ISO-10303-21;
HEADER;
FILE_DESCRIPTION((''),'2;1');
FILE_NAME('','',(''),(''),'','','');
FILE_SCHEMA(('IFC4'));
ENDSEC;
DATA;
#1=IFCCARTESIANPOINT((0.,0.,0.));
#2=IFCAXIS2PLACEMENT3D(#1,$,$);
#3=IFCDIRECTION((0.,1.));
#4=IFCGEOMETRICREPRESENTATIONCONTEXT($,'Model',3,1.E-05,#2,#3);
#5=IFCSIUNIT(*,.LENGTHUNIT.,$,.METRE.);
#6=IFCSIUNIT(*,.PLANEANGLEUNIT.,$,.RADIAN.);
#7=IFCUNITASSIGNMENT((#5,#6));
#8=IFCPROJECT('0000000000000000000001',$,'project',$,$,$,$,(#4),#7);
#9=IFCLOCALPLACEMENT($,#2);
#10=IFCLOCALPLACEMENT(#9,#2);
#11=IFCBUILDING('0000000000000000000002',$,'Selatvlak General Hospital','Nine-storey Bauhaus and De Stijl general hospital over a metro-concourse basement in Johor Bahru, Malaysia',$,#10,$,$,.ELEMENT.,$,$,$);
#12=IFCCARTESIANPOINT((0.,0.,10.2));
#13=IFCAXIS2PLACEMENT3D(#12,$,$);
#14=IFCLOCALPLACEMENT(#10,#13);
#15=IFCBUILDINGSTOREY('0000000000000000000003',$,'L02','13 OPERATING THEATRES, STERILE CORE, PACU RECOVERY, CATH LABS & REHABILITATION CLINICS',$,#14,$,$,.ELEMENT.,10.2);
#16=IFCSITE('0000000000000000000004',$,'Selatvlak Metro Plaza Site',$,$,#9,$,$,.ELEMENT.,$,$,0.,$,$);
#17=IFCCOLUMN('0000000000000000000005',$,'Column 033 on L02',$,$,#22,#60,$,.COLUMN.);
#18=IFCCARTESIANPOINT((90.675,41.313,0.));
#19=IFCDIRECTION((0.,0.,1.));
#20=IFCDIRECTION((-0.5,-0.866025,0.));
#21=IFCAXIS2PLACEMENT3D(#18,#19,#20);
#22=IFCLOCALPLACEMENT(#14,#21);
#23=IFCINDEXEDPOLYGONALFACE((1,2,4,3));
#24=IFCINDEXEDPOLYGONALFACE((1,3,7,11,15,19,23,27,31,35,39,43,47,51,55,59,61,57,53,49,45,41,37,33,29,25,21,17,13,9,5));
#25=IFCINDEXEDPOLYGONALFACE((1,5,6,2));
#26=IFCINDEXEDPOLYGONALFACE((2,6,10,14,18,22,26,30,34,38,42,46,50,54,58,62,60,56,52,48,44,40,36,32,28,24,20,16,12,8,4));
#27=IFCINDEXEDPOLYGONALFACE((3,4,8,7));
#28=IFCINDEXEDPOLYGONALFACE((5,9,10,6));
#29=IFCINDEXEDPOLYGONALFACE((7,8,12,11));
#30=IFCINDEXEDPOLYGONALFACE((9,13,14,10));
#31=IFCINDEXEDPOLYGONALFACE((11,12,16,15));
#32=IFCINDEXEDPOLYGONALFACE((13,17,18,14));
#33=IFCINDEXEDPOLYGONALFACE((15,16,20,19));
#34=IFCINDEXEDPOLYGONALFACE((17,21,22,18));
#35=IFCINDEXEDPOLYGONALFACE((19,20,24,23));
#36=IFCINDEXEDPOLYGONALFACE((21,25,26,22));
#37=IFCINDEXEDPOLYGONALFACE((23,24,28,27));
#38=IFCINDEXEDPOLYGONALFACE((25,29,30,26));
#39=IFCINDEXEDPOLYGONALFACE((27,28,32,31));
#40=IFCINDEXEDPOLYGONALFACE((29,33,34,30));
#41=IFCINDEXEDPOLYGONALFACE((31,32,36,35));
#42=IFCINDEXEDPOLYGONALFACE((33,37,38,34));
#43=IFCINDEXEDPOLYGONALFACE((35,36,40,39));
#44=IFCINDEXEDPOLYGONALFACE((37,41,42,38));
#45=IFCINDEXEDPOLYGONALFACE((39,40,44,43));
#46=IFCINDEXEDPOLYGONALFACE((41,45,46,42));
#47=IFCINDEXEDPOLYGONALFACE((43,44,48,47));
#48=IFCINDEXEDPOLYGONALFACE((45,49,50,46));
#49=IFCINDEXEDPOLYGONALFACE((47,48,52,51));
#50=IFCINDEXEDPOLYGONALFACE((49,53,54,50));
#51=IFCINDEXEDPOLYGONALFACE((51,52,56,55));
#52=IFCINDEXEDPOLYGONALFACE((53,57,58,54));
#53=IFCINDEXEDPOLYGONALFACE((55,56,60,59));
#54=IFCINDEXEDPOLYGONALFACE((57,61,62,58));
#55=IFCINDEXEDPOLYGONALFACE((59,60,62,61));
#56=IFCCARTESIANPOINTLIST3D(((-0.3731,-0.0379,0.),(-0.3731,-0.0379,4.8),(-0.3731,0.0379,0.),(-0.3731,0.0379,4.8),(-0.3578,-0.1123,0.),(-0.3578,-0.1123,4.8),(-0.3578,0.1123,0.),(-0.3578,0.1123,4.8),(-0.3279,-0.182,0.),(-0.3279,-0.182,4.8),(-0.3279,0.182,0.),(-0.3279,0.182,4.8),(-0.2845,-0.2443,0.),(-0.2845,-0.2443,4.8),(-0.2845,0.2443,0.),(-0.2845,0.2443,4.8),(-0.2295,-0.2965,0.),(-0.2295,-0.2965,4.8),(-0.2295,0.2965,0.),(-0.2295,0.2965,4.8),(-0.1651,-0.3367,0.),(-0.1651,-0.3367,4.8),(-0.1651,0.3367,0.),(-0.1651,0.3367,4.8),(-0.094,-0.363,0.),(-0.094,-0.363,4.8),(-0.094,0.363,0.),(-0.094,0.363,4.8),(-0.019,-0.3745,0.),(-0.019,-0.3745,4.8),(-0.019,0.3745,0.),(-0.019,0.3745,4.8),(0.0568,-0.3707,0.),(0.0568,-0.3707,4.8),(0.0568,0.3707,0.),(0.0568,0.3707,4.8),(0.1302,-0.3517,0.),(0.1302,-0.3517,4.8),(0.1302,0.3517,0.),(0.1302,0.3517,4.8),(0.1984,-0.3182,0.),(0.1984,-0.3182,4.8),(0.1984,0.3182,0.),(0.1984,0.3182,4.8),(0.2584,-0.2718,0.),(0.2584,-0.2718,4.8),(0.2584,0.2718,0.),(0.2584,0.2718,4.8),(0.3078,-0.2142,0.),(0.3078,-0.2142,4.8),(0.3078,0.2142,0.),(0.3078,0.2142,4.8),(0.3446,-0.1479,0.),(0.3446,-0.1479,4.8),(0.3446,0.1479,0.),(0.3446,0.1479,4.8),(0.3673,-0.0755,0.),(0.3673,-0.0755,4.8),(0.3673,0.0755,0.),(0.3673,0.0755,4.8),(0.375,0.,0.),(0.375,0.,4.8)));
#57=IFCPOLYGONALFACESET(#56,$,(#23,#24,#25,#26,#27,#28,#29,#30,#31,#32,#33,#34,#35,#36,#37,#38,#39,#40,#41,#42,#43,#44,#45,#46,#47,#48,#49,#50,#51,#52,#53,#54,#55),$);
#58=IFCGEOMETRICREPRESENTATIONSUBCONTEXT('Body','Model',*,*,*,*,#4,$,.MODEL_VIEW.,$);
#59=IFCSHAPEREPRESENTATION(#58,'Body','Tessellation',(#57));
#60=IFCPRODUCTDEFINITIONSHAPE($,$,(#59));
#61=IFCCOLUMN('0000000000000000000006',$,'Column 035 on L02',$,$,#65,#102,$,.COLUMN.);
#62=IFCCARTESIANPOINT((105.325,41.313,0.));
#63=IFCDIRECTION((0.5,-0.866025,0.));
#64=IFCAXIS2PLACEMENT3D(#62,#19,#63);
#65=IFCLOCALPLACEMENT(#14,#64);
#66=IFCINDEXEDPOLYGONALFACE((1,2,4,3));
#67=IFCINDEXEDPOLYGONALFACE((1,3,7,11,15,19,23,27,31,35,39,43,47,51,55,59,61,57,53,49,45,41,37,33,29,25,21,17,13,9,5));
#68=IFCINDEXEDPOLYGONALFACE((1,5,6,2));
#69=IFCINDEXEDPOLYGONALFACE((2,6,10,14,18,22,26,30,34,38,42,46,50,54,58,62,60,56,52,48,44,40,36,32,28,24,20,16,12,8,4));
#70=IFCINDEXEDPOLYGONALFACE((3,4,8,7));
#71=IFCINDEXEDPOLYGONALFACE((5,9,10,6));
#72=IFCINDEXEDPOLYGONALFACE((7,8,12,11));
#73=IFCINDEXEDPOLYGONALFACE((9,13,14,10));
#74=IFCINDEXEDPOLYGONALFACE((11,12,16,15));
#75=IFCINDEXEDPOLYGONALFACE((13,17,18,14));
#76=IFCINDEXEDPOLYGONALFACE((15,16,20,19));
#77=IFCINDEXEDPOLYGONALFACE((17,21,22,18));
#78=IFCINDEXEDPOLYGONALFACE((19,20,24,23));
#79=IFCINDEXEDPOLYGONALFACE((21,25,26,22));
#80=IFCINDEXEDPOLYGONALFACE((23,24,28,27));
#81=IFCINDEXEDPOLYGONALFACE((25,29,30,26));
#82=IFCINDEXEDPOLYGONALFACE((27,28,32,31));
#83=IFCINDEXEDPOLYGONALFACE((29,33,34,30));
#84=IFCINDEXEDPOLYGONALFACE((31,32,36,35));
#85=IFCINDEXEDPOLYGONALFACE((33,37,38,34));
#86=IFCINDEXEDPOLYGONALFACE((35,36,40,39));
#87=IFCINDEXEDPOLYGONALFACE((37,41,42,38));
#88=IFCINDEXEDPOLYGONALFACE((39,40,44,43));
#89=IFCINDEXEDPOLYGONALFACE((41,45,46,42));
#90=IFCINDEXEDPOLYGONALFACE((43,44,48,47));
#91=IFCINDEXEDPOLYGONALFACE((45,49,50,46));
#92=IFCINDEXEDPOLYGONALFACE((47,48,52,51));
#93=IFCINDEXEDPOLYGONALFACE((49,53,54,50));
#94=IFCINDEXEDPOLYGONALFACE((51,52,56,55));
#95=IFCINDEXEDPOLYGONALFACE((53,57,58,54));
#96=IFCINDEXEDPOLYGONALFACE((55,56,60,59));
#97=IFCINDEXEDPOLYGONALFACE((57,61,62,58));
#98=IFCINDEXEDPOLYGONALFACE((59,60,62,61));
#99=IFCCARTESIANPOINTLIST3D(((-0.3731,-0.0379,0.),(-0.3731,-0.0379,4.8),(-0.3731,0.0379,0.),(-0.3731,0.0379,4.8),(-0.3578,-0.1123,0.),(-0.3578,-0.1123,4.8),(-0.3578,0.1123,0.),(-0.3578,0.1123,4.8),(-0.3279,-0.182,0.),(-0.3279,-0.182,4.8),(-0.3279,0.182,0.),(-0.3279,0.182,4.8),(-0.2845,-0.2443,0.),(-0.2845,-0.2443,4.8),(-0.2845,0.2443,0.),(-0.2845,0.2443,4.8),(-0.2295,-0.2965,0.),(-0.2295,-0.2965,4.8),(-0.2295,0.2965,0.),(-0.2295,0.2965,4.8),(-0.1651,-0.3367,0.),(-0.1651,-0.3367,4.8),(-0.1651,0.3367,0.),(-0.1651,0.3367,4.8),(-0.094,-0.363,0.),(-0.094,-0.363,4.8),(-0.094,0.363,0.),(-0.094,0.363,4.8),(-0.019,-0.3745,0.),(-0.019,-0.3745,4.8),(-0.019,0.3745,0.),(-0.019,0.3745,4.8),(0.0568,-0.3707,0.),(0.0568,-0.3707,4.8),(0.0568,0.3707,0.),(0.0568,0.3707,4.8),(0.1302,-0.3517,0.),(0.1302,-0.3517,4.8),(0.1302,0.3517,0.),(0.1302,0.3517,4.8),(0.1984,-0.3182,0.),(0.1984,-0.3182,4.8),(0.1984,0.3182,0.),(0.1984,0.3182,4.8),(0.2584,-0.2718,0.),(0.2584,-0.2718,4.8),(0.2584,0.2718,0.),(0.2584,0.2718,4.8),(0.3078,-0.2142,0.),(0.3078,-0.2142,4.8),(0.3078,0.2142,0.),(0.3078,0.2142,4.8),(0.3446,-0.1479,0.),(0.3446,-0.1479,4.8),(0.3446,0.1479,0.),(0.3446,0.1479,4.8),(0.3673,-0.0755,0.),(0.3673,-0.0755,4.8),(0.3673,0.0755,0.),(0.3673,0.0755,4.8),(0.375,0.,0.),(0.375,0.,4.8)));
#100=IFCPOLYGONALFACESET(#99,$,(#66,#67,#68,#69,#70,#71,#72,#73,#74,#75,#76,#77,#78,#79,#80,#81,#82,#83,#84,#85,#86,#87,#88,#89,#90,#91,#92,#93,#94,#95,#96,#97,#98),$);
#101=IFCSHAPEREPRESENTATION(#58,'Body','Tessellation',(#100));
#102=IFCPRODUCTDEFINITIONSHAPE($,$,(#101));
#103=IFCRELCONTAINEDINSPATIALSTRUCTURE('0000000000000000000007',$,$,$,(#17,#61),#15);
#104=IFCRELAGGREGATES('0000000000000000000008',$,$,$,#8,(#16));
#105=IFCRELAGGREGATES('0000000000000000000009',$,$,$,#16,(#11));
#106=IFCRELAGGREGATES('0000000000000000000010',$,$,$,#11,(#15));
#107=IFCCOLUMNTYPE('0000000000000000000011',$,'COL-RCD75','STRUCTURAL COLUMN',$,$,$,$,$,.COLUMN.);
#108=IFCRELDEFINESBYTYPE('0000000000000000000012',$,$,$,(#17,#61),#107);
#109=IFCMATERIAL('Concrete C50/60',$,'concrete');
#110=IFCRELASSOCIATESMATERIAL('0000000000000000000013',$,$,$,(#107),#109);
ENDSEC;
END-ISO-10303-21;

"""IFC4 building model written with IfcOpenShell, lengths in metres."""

from ifc_helpers import new_model, si_unit, direction, frame, origin, origin_2d, place, context, subcontext, project, spatial, circle, extrude, material, material_profile, profile_set, type_object, element, save


model = new_model("IFC4")

# Units and contexts
model_context = context("Model", 3, precision=1e-05, world=origin(), true_north=direction((0.0, 1.0)))
body_context = subcontext(model_context, "Body", "Model", "MODEL_VIEW")
ifc_project = project(units=[si_unit("LENGTHUNIT", "METRE"), si_unit("PLANEANGLEUNIT", "RADIAN")], contexts=[model_context])

# Site, building, storey
site_placement = place(None, origin())
site = spatial("IfcSite", under=ifc_project, at=site_placement, Name="Selatvlak Metro Plaza Site", CompositionType="ELEMENT", RefElevation=0.0)
building_placement = place(site_placement, origin())
building = spatial("IfcBuilding", under=site, at=building_placement, Name="Selatvlak General Hospital", Description="Nine-storey Bauhaus and De Stijl general hospital over a metro-concourse basement in Johor Bahru, Malaysia", CompositionType="ELEMENT")
storey_placement = place(building_placement, frame((0.0, 0.0, 10.2)))
storey = spatial("IfcBuildingStorey", under=building, at=storey_placement, Name="L02", Description="13 OPERATING THEATRES, STERILE CORE, PACU RECOVERY, CATH LABS & REHABILITATION CLINICS", CompositionType="ELEMENT", Elevation=10.2)

# Columns
ifc_material_1 = material(Name="Concrete C50/60", Category="concrete")
ifc_material_profile_1 = material_profile(ifc_material_1, circle(Radius=0.375, at=origin_2d()), Name="RC-COL D750")
ifc_profile_set_1 = profile_set([ifc_material_profile_1], Name="Concrete C50/60")
column_type_1 = type_object("IfcColumnType", Name="COL-RCD75", Description="STRUCTURAL COLUMN", PredefinedType="COLUMN", material=ifc_profile_set_1)
for number, where, z_axis, x_axis, name in (
    (1, (90.675, 41.313, 0.0), (0.0, 0.0, 1.0), (-0.5, -0.866025, 0.0), "Column 033 on L02"),
    (2, (105.325, 41.313, 0.0), (0.0, 0.0, 1.0), (0.5, -0.866025, 0.0), "Column 035 on L02"),
):
    element("IfcColumn", number, at=place(storey_placement, frame(where, z_axis=z_axis, x_axis=x_axis)), inside=storey, type_object=column_type_1, Name=name, PredefinedType="COLUMN", context=body_context, shape_type="SweptSolid", body=[
        extrude(circle(Radius=0.375, at=origin_2d()), origin(), (0.0, 0.0, 1.0), 4.8),
    ])

save(model, "model.ifc")
